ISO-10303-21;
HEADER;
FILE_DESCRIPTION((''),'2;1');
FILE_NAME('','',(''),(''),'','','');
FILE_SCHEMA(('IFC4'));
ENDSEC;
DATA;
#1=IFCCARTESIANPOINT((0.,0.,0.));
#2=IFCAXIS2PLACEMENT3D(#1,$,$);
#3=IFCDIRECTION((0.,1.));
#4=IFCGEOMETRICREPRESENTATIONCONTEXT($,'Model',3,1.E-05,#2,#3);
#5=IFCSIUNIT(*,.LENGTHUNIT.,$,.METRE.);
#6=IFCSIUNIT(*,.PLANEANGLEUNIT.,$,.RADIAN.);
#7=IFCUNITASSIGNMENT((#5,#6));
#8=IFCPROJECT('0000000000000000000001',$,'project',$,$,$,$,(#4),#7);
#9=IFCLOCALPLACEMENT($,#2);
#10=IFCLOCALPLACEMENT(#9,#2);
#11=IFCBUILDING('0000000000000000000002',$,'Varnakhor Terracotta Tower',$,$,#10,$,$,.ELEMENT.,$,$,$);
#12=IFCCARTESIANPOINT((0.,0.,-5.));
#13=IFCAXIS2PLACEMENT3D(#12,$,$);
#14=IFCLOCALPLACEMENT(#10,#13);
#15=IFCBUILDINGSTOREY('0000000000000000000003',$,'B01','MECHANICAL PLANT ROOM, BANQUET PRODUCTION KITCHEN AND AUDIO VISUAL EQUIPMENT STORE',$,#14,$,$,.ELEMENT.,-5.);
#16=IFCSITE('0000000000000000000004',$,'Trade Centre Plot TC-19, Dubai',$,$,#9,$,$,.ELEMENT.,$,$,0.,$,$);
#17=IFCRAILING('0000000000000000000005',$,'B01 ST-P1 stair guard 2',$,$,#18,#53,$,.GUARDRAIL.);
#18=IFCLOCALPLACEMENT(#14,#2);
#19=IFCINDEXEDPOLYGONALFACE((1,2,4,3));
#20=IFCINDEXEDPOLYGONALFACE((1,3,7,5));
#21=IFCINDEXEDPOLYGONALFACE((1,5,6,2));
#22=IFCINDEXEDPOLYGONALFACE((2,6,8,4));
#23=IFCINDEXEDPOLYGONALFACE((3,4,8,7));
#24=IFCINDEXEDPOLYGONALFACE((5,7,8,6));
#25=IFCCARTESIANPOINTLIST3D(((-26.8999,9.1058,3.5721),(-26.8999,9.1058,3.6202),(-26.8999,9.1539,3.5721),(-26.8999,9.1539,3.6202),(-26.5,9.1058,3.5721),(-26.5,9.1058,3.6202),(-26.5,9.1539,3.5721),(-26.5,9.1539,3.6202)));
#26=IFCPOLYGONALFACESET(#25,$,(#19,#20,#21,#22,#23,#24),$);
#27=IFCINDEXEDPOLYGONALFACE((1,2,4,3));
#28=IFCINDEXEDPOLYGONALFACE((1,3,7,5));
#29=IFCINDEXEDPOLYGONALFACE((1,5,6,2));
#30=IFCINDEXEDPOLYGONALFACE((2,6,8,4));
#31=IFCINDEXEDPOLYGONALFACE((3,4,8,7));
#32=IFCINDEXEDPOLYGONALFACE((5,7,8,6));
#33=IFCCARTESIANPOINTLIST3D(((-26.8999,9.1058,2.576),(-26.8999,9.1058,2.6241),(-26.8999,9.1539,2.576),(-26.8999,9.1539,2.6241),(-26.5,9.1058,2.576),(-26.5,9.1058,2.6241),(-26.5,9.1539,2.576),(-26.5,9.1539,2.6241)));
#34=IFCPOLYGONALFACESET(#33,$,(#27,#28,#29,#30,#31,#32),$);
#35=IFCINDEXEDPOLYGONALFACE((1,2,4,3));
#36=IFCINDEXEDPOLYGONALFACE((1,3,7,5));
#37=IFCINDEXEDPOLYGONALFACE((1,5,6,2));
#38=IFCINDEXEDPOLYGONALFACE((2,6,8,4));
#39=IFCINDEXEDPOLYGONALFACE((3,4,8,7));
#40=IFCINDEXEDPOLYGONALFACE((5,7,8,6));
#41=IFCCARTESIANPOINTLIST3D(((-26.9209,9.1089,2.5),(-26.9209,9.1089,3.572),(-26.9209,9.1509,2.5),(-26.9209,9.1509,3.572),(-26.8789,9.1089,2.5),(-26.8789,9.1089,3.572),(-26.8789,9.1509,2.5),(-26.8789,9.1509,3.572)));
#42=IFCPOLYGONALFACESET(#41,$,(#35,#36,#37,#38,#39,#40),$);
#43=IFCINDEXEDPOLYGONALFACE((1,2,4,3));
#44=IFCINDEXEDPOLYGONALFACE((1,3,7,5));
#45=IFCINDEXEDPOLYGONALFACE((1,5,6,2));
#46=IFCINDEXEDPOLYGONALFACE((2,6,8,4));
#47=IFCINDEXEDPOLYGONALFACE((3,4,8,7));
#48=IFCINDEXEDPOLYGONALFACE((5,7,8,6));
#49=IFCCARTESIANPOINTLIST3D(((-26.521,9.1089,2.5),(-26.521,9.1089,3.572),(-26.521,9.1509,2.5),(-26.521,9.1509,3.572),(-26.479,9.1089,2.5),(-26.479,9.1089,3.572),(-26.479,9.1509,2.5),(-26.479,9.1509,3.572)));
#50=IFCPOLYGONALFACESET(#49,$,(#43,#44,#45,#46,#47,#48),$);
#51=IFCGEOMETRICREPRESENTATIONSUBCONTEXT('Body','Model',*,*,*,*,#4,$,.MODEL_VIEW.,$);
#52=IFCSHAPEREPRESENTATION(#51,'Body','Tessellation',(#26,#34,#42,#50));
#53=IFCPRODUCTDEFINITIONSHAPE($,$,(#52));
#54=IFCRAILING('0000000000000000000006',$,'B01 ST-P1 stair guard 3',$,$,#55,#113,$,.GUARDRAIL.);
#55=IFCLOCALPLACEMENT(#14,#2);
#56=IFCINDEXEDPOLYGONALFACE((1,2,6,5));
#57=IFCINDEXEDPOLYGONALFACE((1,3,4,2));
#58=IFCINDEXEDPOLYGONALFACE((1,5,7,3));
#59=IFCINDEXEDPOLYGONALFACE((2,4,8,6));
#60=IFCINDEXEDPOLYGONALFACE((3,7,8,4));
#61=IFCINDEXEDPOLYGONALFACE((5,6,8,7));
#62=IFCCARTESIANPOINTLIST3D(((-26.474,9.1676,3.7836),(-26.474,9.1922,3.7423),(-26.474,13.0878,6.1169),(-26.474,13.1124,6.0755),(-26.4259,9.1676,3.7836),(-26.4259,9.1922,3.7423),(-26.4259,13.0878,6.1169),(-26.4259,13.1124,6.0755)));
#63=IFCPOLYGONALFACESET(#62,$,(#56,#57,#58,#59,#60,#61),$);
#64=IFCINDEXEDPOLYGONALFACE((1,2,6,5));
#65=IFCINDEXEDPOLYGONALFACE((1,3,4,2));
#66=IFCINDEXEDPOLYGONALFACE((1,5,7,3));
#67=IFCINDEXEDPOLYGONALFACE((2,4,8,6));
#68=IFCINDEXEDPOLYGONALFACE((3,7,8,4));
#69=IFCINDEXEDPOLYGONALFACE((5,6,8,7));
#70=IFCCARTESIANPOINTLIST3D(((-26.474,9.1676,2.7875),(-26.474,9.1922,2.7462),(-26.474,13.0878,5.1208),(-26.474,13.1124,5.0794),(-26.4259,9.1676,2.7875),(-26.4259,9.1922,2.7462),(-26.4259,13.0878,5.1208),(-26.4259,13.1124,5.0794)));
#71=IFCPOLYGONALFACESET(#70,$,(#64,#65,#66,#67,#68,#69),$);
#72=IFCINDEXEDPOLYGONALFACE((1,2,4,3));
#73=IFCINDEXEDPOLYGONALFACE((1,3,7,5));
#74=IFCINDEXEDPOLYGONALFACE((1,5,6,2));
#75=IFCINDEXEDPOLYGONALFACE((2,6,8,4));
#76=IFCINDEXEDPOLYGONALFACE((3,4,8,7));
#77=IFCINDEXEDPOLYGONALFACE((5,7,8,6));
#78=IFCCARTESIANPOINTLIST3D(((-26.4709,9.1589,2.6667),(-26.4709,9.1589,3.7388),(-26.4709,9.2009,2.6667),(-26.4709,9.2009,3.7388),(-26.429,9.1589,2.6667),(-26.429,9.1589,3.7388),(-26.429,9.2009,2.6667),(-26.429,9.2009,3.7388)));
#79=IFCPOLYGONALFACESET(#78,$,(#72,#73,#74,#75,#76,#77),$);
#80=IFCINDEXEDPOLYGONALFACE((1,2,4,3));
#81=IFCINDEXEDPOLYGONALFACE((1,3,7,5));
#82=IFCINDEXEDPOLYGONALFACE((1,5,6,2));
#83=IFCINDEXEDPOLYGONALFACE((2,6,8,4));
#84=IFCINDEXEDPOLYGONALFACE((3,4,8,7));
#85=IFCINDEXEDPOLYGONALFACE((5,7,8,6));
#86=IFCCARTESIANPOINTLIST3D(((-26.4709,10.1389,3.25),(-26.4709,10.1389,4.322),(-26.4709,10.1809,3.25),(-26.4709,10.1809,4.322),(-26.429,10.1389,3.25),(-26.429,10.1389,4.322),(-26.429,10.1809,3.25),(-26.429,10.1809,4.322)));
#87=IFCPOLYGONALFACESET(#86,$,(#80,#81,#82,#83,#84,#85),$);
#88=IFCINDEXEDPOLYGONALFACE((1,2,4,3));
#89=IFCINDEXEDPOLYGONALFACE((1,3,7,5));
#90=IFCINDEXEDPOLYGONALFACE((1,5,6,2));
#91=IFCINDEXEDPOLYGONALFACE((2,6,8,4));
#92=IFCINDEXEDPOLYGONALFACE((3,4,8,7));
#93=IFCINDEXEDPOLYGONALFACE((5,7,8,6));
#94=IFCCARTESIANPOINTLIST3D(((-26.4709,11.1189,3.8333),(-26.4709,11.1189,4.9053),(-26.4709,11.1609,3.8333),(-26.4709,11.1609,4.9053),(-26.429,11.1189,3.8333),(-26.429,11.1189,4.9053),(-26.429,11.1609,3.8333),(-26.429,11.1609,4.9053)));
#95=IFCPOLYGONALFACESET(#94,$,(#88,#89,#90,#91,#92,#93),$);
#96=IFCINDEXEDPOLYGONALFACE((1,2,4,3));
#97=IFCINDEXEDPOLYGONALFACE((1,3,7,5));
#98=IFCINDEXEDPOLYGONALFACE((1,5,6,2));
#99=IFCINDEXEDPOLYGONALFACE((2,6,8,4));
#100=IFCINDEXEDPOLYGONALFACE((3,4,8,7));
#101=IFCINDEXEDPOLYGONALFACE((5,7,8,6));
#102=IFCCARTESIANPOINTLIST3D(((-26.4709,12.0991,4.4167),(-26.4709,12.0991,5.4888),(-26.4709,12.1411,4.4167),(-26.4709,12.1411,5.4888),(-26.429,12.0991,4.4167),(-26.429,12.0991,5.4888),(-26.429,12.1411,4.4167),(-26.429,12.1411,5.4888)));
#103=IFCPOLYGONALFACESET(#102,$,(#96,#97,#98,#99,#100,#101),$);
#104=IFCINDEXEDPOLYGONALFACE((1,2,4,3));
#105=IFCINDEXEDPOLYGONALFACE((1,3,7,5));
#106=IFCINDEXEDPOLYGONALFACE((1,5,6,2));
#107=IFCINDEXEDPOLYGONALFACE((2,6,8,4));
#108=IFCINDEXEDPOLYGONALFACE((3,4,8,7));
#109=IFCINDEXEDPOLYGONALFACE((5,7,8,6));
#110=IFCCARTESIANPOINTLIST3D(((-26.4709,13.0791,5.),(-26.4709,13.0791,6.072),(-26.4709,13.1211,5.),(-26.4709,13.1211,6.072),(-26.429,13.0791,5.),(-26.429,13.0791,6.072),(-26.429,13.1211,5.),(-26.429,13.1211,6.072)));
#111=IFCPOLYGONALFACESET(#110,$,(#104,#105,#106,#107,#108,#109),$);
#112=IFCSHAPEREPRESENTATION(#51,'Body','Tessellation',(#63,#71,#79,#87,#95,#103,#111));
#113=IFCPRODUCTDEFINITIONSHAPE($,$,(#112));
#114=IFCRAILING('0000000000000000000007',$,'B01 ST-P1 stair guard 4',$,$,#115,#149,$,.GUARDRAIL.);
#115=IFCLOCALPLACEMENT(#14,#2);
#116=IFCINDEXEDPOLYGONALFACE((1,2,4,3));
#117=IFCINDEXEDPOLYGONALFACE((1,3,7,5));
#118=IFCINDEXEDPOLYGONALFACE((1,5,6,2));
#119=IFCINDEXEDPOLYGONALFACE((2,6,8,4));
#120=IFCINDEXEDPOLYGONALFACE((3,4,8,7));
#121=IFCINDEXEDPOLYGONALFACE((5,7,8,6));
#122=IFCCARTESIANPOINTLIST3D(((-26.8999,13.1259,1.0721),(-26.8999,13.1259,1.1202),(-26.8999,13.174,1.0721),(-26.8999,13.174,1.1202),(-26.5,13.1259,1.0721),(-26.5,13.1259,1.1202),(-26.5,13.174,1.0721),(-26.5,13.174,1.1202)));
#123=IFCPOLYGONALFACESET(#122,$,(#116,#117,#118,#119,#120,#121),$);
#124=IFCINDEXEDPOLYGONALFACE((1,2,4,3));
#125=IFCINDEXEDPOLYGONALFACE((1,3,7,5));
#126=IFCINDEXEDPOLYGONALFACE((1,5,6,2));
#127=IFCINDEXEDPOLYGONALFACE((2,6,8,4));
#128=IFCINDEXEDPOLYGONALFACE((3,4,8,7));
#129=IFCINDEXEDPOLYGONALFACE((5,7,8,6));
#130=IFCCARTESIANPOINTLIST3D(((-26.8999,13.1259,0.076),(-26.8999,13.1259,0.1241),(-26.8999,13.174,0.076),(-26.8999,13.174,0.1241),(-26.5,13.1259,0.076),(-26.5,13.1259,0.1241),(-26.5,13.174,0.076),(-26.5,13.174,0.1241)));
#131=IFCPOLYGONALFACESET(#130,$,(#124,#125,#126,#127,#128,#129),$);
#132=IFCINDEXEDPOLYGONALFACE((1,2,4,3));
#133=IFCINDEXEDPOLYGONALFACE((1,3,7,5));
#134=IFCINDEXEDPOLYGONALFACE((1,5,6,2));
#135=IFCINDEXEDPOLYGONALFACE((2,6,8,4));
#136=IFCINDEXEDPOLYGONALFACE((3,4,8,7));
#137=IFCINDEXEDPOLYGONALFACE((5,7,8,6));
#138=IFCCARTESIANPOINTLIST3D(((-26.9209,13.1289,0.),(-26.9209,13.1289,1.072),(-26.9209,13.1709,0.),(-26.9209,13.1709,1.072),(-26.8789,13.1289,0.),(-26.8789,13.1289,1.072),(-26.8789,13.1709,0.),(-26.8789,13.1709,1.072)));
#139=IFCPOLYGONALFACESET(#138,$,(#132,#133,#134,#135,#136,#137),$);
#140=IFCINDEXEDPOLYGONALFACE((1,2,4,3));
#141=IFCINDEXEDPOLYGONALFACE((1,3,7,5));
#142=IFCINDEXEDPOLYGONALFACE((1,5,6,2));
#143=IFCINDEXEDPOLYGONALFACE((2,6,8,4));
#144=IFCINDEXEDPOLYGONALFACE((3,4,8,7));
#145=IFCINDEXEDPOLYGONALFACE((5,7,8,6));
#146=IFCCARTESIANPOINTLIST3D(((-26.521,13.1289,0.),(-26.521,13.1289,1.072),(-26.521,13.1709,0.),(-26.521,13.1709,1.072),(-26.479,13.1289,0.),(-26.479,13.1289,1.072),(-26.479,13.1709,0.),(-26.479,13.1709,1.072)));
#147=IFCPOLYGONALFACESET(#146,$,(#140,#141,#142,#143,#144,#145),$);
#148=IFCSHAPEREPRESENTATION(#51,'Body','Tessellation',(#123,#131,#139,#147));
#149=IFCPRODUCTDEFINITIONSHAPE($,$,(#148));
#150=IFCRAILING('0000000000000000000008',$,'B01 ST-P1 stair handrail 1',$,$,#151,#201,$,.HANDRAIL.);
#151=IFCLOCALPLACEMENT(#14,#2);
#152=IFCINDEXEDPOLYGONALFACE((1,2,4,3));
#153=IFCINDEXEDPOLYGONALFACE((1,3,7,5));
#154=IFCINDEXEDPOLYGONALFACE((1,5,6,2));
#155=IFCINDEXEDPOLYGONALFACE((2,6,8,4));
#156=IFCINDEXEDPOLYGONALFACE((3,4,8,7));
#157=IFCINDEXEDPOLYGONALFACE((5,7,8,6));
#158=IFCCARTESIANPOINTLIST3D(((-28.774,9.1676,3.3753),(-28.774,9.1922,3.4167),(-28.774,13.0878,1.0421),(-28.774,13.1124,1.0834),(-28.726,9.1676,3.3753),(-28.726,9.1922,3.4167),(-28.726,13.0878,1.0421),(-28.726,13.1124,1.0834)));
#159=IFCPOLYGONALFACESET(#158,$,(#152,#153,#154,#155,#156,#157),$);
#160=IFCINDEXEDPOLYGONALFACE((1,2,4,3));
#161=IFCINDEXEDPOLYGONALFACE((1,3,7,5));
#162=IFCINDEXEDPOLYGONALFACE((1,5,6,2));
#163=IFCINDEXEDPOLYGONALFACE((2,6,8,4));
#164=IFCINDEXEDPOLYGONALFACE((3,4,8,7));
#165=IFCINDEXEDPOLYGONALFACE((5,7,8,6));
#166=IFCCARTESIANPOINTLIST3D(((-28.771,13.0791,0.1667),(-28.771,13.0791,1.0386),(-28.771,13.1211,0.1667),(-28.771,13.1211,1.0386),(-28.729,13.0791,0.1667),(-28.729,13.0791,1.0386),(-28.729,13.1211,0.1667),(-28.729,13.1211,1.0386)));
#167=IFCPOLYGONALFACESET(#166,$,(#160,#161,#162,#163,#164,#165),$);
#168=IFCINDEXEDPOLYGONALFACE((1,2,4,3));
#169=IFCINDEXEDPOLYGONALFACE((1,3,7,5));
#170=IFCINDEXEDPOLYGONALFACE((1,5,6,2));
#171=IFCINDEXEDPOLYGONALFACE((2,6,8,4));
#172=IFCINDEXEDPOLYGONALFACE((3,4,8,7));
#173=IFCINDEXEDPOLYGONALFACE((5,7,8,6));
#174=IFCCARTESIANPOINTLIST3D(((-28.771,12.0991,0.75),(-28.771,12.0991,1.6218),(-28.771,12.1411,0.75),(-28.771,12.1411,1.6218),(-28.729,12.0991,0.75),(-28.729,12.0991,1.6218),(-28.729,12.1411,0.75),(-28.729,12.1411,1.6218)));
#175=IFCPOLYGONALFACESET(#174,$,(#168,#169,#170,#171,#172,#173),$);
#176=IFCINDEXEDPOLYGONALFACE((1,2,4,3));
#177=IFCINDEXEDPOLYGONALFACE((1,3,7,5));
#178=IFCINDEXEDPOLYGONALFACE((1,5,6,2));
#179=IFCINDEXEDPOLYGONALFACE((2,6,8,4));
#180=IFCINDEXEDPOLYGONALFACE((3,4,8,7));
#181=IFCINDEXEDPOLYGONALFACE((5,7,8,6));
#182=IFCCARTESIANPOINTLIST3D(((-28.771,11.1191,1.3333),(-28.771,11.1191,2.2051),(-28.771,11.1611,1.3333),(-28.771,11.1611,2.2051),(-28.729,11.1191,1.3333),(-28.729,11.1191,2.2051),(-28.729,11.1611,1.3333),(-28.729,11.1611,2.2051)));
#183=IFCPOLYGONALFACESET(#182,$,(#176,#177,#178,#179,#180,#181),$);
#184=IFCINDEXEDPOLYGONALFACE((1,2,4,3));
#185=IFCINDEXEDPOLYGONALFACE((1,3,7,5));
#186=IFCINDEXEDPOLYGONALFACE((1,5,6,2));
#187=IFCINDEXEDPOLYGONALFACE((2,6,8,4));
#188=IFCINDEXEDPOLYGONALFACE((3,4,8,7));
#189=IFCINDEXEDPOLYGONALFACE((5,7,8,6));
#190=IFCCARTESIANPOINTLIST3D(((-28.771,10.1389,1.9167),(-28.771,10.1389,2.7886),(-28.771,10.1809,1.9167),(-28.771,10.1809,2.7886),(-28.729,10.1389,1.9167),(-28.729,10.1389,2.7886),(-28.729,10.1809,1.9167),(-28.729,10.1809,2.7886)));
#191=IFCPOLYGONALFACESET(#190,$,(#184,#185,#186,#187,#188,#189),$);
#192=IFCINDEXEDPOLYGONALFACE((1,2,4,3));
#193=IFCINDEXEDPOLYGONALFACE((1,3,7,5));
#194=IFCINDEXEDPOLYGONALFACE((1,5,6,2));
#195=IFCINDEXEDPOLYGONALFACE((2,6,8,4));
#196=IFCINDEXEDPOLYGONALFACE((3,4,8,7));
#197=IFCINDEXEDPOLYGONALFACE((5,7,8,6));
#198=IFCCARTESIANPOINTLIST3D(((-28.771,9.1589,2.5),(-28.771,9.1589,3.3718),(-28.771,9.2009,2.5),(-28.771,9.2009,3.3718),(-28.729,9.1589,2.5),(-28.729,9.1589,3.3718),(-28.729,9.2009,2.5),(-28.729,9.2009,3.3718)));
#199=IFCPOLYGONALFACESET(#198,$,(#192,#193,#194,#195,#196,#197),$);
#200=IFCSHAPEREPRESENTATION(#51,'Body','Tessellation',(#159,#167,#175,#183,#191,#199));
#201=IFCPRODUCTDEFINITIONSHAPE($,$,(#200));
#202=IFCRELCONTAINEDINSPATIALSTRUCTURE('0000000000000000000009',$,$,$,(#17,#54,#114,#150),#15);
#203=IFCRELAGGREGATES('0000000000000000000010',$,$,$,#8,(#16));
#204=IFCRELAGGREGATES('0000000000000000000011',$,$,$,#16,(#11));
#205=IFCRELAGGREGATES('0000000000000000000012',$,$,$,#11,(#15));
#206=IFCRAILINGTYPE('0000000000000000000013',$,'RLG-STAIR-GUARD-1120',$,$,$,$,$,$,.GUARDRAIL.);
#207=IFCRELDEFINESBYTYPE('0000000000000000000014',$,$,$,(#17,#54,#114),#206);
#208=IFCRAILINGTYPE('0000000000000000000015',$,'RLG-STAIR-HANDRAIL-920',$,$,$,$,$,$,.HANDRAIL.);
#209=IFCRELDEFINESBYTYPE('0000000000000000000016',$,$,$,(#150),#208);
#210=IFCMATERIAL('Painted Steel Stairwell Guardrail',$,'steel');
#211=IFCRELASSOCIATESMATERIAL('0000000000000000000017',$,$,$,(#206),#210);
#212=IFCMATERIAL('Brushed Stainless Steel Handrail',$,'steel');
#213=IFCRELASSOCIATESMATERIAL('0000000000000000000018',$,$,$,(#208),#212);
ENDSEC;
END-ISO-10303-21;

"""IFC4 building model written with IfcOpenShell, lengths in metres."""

from ifc_helpers import new_model, si_unit, direction, frame, origin, origin_2d, place, context, subcontext, project, spatial, rectangle, extrude, material, type_object, element, save


model = new_model("IFC4")

# Units and contexts
model_context = context("Model", 3, precision=1e-05, world=origin(), true_north=direction((0.0, 1.0)))
body_context = subcontext(model_context, "Body", "Model", "MODEL_VIEW")
ifc_project = project(units=[si_unit("LENGTHUNIT", "METRE"), si_unit("PLANEANGLEUNIT", "RADIAN")], contexts=[model_context])

# Site, building, storey
site_placement = place(None, origin())
site = spatial("IfcSite", under=ifc_project, at=site_placement, Name="Trade Centre Plot TC-19, Dubai", CompositionType="ELEMENT", RefElevation=0.0)
building_placement = place(site_placement, origin())
building = spatial("IfcBuilding", under=site, at=building_placement, Name="Varnakhor Terracotta Tower", CompositionType="ELEMENT")
storey_placement = place(building_placement, frame((0.0, 0.0, -5.0)))
storey = spatial("IfcBuildingStorey", under=building, at=storey_placement, Name="B01", Description="MECHANICAL PLANT ROOM, BANQUET PRODUCTION KITCHEN AND AUDIO VISUAL EQUIPMENT STORE", CompositionType="ELEMENT", Elevation=-5.0)

# Railings
ifc_material_1 = material(Name="Painted Steel Stairwell Guardrail", Category="steel")
railing_type_1 = type_object("IfcRailingType", Name="RLG-STAIR-GUARD-1120", PredefinedType="GUARDRAIL", material=ifc_material_1)
railing_1_placement = place(storey_placement, frame((-26.8999, 9.1299, 2.5)))
element("IfcRailing", 1, at=railing_1_placement, inside=storey, type_object=railing_type_1, Name="B01 ST-P1 stair guard 2", PredefinedType="GUARDRAIL", context=body_context, shape_type="SweptSolid", body=[
    extrude(rectangle(XDim=0.0481, YDim=0.0481, at=origin_2d()), frame((0.0, 0.0, 1.0962), z_axis=(1.0, 0.0, 0.0), x_axis=(0.0, 1.0, 0.0)), (0.0, 0.0, 1.0), 0.3999),
    extrude(rectangle(XDim=0.0481, YDim=0.0481, at=origin_2d()), frame((0.0, 0.0, 0.1001), z_axis=(1.0, 0.0, 0.0), x_axis=(0.0, 1.0, 0.0)), (0.0, 0.0, 1.0), 0.3999),
    extrude(rectangle(XDim=0.042, YDim=0.042, at=origin_2d()), origin(), (0.0, 0.0, 1.0), 1.072),
    extrude(rectangle(XDim=0.042, YDim=0.042, at=origin_2d()), frame((0.3999, 0.0, 0.0)), (0.0, 0.0, 1.0), 1.072),
])
railing_2_placement = place(storey_placement, frame((-26.45, 9.1799, 2.6667)))
element("IfcRailing", 2, at=railing_2_placement, inside=storey, type_object=railing_type_1, Name="B01 ST-P1 stair guard 3", PredefinedType="GUARDRAIL", context=body_context, shape_type="SweptSolid", body=[
    extrude(rectangle(XDim=0.0481, YDim=0.0481, at=origin_2d()), frame((0.0, 0.0, 1.0962), z_axis=(0.0, 0.85931, 0.511455), x_axis=(-1.0, 0.0, 0.0)), (0.0, 0.0, 1.0), 4.562),
    extrude(rectangle(XDim=0.0481, YDim=0.0481, at=origin_2d()), frame((0.0, 0.0, 0.1001), z_axis=(0.0, 0.85931, 0.511455), x_axis=(-1.0, 0.0, 0.0)), (0.0, 0.0, 1.0), 4.562),
    extrude(rectangle(XDim=0.042, YDim=0.042, at=origin_2d()), origin(), (0.0, 0.0, 1.0), 1.072),
    extrude(rectangle(XDim=0.042, YDim=0.042, at=origin_2d()), frame((0.0, 0.98, 0.5833)), (0.0, 0.0, 1.0), 1.072),
    extrude(rectangle(XDim=0.042, YDim=0.042, at=origin_2d()), frame((0.0, 1.96, 1.1665)), (0.0, 0.0, 1.0), 1.072),
    extrude(rectangle(XDim=0.042, YDim=0.042, at=origin_2d()), frame((0.0, 2.9402, 1.75)), (0.0, 0.0, 1.0), 1.072),
    extrude(rectangle(XDim=0.042, YDim=0.042, at=origin_2d()), frame((0.0, 3.9202, 2.3333)), (0.0, 0.0, 1.0), 1.072),
])
railing_3_placement = place(storey_placement, frame((-26.8999, 13.1499, 0.0)))
element("IfcRailing", 3, at=railing_3_placement, inside=storey, type_object=railing_type_1, Name="B01 ST-P1 stair guard 4", PredefinedType="GUARDRAIL", context=body_context, shape_type="SweptSolid", body=[
    extrude(rectangle(XDim=0.0481, YDim=0.0481, at=origin_2d()), frame((0.0, 0.0, 1.0962), z_axis=(1.0, 0.0, 0.0), x_axis=(0.0, 1.0, 0.0)), (0.0, 0.0, 1.0), 0.3999),
    extrude(rectangle(XDim=0.0481, YDim=0.0481, at=origin_2d()), frame((0.0, 0.0, 0.1001), z_axis=(1.0, 0.0, 0.0), x_axis=(0.0, 1.0, 0.0)), (0.0, 0.0, 1.0), 0.3999),
    extrude(rectangle(XDim=0.042, YDim=0.042, at=origin_2d()), origin(), (0.0, 0.0, 1.0), 1.072),
    extrude(rectangle(XDim=0.042, YDim=0.042, at=origin_2d()), frame((0.3999, 0.0, 0.0)), (0.0, 0.0, 1.0), 1.072),
])
ifc_material_2 = material(Name="Brushed Stainless Steel Handrail", Category="steel")
railing_type_2 = type_object("IfcRailingType", Name="RLG-STAIR-HANDRAIL-920", PredefinedType="HANDRAIL", material=ifc_material_2)
railing_4_placement = place(storey_placement, frame((-28.75, 13.1001, 0.1667)))
element("IfcRailing", 4, at=railing_4_placement, inside=storey, type_object=railing_type_2, Name="B01 ST-P1 stair handrail 1", PredefinedType="HANDRAIL", context=body_context, shape_type="SweptSolid", body=[
    extrude(rectangle(XDim=0.0481, YDim=0.0481, at=origin_2d()), frame((0.0, 0.0, 0.896), z_axis=(0.0, -0.85931, 0.511455), x_axis=(1.0, 0.0, 0.0)), (0.0, 0.0, 1.0), 4.562),
    extrude(rectangle(XDim=0.042, YDim=0.042, at=origin_2d()), origin(), (0.0, 0.0, 1.0), 0.8718),
    extrude(rectangle(XDim=0.042, YDim=0.042, at=origin_2d()), frame((0.0, -0.98, 0.5833)), (0.0, 0.0, 1.0), 0.8718),
    extrude(rectangle(XDim=0.042, YDim=0.042, at=origin_2d()), frame((0.0, -1.96, 1.1665)), (0.0, 0.0, 1.0), 0.8718),
    extrude(rectangle(XDim=0.042, YDim=0.042, at=origin_2d()), frame((0.0, -2.9402, 1.75)), (0.0, 0.0, 1.0), 0.8718),
    extrude(rectangle(XDim=0.042, YDim=0.042, at=origin_2d()), frame((0.0, -3.9202, 2.3333)), (0.0, 0.0, 1.0), 0.8718),
])

save(model, "model.ifc")
